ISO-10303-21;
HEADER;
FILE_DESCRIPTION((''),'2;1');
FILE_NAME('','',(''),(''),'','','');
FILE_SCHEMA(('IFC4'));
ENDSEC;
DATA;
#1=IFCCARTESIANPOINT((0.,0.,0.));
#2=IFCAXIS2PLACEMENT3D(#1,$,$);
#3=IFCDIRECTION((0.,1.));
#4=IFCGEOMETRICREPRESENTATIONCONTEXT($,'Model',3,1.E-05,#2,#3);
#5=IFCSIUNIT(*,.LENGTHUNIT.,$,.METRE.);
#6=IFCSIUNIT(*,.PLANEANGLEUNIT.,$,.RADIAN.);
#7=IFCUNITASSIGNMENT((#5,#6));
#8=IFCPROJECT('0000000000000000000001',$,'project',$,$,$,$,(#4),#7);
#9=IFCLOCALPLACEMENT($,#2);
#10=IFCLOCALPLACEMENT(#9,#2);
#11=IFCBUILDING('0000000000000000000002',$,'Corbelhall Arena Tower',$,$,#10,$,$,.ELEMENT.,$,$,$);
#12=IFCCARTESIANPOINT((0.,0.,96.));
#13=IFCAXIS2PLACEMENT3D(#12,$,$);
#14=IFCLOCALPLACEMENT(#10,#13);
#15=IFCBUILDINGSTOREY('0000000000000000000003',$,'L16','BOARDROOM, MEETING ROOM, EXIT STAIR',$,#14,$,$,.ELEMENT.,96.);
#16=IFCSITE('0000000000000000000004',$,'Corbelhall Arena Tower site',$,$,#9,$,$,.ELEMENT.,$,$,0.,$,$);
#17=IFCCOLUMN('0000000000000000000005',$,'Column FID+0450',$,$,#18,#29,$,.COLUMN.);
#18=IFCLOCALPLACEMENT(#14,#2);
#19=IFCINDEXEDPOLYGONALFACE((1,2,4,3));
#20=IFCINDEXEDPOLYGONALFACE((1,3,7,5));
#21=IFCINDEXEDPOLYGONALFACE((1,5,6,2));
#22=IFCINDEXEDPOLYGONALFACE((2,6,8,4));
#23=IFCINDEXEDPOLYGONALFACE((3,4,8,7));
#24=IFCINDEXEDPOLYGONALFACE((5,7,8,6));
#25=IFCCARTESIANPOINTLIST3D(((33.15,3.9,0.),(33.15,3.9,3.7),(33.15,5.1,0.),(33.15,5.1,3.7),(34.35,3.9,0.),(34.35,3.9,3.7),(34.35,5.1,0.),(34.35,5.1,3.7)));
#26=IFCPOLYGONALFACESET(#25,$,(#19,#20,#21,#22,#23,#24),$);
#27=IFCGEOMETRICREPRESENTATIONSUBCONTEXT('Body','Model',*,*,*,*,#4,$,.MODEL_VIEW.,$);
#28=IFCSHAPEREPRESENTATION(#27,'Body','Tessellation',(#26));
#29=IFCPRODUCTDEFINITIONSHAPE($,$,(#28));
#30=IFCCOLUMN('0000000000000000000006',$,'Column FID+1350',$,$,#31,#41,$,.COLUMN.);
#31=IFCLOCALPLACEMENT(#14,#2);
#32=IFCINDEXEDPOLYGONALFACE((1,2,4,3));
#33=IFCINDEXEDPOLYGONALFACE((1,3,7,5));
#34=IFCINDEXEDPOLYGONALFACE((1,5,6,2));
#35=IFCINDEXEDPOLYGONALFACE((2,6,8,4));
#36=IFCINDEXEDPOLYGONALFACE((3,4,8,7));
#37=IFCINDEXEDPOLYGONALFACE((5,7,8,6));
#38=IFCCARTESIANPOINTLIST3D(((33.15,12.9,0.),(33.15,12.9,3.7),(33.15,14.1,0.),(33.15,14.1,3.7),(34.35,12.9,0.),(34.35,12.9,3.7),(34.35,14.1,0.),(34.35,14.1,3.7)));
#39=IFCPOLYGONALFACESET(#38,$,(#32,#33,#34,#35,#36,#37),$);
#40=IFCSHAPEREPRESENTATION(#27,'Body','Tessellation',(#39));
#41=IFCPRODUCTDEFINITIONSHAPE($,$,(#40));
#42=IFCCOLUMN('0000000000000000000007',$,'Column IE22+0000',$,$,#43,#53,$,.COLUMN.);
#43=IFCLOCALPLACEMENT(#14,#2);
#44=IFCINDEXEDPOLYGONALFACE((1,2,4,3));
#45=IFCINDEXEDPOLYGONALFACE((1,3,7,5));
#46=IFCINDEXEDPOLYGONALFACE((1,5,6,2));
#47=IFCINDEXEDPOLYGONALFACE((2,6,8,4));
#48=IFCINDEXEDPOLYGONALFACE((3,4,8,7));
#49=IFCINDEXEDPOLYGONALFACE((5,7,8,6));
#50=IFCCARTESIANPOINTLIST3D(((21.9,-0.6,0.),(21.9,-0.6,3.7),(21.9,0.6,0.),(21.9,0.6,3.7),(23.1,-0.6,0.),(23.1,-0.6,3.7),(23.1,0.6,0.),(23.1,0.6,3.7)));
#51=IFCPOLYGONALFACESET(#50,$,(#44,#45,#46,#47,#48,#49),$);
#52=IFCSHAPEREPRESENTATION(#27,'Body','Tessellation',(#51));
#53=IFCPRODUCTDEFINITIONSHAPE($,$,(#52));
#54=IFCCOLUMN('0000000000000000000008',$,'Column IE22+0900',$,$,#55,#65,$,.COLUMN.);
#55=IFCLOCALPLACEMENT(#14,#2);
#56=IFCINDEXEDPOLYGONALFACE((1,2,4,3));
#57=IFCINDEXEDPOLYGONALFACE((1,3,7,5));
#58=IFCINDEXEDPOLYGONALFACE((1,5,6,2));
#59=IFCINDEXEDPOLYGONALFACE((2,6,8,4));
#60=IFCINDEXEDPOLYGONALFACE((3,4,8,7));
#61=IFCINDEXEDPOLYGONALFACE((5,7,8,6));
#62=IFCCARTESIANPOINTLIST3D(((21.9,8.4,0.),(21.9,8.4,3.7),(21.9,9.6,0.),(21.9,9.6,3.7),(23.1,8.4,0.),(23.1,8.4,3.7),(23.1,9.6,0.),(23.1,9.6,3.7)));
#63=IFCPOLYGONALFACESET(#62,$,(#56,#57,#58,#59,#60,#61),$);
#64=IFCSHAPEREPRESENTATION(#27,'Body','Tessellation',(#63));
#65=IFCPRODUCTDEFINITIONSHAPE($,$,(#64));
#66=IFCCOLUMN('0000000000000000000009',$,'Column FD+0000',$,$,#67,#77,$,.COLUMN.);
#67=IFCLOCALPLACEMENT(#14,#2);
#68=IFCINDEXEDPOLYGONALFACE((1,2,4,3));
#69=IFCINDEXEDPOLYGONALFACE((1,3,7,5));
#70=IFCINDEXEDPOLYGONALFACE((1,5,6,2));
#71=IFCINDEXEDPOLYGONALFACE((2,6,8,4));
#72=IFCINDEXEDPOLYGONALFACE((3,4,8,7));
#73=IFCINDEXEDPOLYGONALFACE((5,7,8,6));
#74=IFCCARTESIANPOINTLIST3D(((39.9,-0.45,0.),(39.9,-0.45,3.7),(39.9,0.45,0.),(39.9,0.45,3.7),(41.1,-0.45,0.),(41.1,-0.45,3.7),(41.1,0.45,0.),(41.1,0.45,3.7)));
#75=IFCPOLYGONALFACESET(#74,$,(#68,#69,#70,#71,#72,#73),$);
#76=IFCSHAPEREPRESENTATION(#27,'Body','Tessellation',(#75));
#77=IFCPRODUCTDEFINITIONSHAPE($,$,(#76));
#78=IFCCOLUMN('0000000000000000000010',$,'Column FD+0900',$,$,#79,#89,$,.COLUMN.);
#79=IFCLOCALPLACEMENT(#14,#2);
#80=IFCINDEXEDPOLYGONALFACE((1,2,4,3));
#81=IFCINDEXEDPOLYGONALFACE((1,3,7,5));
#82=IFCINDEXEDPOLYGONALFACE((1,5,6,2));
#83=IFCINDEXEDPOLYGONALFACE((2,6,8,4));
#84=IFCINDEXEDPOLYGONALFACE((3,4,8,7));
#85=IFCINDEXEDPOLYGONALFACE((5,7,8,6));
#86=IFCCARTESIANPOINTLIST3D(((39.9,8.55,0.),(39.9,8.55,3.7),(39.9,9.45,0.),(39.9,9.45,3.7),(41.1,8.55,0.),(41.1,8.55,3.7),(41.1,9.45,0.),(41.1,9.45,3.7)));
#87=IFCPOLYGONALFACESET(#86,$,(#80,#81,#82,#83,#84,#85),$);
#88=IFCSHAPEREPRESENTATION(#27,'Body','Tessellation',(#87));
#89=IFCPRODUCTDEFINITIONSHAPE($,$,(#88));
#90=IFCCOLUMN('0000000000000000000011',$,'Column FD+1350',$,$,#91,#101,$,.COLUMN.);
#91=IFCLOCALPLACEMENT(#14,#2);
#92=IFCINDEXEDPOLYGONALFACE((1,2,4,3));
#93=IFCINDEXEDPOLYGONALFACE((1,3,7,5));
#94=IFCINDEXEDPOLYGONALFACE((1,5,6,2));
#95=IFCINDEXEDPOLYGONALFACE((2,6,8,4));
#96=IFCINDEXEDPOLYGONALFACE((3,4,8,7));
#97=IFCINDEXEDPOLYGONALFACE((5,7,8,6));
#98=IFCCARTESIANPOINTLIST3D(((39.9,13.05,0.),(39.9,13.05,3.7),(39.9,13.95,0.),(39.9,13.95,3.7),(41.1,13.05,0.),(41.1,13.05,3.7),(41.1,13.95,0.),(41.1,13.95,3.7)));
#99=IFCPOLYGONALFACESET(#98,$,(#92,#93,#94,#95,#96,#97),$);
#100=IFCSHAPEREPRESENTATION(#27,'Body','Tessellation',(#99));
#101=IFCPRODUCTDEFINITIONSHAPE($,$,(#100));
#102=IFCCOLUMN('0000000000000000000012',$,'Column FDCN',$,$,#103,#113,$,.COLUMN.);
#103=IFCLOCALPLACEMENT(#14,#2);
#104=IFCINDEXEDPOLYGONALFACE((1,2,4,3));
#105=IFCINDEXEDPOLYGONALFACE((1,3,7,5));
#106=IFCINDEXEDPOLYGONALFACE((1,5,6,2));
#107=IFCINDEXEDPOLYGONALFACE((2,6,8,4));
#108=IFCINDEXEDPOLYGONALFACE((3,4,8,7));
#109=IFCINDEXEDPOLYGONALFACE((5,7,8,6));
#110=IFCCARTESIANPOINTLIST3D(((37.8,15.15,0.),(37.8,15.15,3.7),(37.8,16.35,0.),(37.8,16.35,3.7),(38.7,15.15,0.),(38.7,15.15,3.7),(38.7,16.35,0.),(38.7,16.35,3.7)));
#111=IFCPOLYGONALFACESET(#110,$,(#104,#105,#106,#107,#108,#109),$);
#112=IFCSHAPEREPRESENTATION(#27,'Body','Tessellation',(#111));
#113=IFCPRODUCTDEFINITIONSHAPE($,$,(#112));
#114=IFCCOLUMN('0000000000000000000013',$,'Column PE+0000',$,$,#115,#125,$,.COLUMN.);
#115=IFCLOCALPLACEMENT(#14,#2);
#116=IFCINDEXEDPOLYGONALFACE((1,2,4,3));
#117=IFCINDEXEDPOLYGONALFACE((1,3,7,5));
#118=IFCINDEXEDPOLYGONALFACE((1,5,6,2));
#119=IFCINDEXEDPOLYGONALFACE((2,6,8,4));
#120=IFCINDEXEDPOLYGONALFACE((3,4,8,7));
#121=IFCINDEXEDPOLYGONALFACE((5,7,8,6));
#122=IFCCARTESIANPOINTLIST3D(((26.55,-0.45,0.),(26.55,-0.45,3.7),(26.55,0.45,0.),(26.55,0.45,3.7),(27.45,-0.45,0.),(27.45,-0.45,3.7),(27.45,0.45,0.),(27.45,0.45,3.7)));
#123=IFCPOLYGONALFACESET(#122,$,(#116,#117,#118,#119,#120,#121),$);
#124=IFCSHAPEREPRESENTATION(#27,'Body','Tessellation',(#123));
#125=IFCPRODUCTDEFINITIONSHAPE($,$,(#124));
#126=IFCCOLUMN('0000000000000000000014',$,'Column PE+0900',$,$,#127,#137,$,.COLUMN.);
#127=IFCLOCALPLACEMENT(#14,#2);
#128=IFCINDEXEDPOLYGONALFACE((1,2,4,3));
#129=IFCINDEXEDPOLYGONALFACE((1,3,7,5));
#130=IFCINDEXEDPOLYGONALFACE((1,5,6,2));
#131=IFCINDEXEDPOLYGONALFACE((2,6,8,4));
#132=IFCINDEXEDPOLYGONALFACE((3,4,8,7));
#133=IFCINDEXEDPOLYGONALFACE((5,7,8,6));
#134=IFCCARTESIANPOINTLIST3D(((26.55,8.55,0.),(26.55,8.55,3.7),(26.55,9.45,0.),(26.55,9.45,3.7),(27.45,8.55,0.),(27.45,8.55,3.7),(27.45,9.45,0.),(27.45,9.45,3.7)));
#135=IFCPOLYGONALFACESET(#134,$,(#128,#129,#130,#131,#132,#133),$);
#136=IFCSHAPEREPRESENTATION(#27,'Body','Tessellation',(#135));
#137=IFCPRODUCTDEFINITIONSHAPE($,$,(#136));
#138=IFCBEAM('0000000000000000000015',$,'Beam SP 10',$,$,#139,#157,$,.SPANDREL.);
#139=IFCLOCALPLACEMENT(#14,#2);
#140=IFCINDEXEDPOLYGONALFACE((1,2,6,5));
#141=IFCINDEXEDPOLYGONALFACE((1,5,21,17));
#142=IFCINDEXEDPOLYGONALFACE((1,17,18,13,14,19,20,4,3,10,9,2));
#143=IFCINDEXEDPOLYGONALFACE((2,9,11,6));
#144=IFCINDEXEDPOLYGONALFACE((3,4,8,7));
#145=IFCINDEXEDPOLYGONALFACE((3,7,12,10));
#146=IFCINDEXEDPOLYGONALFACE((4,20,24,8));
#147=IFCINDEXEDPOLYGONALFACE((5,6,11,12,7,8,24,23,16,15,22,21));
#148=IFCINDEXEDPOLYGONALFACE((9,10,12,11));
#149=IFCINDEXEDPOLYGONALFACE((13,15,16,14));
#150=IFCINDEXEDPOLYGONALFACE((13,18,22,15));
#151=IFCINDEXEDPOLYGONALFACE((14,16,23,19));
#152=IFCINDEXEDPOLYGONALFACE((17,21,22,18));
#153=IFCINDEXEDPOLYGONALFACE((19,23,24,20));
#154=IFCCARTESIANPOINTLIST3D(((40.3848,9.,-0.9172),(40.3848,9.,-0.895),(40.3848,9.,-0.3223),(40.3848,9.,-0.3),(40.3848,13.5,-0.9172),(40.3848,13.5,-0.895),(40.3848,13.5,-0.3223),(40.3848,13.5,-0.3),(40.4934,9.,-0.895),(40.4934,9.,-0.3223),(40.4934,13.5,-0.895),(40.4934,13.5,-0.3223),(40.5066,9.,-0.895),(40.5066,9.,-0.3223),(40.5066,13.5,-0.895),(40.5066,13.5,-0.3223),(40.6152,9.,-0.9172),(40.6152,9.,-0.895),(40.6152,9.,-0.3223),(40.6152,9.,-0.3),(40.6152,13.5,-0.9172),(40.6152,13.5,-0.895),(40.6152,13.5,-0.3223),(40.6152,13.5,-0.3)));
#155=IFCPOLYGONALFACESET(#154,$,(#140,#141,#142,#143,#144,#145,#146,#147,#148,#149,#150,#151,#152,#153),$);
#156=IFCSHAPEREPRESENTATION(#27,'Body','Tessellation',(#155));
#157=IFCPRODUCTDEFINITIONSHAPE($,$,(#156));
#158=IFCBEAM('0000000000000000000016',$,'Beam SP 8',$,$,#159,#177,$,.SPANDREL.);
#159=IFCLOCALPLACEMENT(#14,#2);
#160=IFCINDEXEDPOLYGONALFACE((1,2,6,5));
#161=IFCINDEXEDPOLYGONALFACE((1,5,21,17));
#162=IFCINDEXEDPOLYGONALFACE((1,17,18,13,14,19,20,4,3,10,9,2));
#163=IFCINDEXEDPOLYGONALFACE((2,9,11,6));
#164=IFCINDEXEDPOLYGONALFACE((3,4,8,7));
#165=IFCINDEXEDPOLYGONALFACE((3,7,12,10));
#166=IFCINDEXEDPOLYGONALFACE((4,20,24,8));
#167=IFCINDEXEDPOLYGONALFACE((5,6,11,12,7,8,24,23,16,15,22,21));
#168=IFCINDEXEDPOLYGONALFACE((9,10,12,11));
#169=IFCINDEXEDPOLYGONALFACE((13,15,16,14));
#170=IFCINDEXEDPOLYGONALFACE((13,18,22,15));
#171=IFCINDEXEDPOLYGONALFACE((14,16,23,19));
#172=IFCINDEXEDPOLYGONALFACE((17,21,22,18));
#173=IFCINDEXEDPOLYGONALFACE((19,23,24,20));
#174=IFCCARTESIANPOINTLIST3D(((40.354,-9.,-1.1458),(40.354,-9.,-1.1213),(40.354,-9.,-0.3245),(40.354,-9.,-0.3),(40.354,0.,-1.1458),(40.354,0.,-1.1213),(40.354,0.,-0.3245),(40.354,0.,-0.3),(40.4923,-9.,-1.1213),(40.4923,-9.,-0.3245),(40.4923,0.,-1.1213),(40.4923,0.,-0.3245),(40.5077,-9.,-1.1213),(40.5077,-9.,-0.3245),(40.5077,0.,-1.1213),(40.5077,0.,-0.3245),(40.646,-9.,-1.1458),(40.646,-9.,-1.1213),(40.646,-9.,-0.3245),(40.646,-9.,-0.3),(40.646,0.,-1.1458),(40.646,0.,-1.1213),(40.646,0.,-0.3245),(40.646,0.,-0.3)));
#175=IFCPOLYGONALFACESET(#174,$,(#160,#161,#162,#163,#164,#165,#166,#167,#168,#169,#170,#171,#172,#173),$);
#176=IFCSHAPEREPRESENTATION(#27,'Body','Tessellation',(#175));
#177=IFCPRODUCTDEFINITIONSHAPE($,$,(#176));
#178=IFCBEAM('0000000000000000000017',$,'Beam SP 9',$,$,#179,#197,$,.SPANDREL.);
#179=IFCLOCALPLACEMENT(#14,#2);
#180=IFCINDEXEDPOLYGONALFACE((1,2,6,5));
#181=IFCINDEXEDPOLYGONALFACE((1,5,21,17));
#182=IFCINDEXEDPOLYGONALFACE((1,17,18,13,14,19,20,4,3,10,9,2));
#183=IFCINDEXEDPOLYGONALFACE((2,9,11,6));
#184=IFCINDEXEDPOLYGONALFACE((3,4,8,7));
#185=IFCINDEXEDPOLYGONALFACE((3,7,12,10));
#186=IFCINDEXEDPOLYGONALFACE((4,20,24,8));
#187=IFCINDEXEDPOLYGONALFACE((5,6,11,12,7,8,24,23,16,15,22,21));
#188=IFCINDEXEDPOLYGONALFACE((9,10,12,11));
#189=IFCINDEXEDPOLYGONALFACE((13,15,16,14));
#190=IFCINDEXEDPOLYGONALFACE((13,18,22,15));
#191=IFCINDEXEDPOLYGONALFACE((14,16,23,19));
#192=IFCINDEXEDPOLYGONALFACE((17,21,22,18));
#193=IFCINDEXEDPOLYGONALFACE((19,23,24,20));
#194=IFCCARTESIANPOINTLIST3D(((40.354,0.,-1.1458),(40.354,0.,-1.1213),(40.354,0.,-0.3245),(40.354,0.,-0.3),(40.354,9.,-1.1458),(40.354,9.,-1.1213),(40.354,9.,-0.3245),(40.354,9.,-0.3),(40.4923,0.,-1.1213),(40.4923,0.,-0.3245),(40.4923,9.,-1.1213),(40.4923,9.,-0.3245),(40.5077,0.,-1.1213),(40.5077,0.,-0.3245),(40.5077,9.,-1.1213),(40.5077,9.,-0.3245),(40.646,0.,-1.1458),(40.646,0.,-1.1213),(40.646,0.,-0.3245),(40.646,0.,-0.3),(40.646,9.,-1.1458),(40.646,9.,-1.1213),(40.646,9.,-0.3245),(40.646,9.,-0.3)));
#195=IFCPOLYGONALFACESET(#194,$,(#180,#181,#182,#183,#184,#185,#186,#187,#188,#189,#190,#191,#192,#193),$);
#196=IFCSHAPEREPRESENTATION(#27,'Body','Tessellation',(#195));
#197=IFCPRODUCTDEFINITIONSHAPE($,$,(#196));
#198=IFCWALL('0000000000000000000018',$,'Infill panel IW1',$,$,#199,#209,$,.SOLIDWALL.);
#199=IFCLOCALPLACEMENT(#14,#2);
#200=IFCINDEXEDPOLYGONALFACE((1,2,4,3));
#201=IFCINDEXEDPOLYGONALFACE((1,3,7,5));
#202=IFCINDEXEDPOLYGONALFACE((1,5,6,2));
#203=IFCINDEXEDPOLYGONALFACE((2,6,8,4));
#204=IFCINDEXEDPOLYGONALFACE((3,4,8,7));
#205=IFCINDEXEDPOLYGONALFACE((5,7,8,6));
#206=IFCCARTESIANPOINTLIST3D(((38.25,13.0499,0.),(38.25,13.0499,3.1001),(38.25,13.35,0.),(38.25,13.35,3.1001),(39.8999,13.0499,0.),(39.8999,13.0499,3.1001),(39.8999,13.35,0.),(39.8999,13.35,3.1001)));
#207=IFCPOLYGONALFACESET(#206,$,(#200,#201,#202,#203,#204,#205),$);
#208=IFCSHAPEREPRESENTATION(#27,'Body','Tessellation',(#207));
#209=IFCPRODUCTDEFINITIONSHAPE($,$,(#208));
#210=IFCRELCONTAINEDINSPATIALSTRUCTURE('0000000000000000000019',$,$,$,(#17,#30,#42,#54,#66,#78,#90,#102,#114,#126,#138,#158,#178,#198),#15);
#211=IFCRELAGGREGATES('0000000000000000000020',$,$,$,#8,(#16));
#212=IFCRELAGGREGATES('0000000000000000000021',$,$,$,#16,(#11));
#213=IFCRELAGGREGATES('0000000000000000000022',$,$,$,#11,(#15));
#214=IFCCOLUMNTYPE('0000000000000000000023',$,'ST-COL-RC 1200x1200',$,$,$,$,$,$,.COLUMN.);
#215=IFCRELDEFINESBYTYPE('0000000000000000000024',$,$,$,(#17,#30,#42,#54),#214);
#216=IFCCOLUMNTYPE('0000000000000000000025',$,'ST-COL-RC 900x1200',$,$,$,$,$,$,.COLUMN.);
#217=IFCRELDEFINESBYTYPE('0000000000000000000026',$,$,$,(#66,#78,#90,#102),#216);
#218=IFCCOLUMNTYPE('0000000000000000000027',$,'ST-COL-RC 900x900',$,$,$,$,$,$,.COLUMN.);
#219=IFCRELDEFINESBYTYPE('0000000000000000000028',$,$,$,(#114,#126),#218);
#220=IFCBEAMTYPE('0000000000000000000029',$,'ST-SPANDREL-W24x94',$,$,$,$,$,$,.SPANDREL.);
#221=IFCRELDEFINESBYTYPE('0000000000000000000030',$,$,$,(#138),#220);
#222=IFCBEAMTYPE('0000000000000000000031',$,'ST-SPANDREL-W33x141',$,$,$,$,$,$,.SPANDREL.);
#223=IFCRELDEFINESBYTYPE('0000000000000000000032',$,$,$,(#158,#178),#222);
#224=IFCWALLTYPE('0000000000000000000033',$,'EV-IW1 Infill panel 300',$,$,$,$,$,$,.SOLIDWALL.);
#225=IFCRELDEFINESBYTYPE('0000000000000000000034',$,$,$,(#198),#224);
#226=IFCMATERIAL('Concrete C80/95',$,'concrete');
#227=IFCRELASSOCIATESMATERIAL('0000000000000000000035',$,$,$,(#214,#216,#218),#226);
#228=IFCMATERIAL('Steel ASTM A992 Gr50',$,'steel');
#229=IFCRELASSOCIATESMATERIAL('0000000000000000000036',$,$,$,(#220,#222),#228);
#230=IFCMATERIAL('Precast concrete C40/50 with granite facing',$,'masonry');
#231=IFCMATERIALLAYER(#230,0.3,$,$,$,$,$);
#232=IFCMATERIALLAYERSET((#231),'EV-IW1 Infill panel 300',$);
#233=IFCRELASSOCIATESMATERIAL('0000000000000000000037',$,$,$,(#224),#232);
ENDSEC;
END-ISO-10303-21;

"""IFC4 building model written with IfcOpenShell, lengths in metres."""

from ifc_helpers import new_model, si_unit, direction, frame, frame_2d, origin, origin_2d, place, context, subcontext, project, spatial, rectangle, i_section, extrude, material, layer, layer_set, material_profile, profile_set, type_object, element, save


model = new_model("IFC4")

# Units and contexts
model_context = context("Model", 3, precision=1e-05, world=origin(), true_north=direction((0.0, 1.0)))
body_context = subcontext(model_context, "Body", "Model", "MODEL_VIEW")
ifc_project = project(units=[si_unit("LENGTHUNIT", "METRE"), si_unit("PLANEANGLEUNIT", "RADIAN")], contexts=[model_context])

# Site, building, storey
site_placement = place(None, origin())
site = spatial("IfcSite", under=ifc_project, at=site_placement, Name="Corbelhall Arena Tower site", CompositionType="ELEMENT", RefElevation=0.0)
building_placement = place(site_placement, origin())
building = spatial("IfcBuilding", under=site, at=building_placement, Name="Corbelhall Arena Tower", CompositionType="ELEMENT")
storey_placement = place(building_placement, frame((0.0, 0.0, 96.0)))
storey = spatial("IfcBuildingStorey", under=building, at=storey_placement, Name="L16", Description="BOARDROOM, MEETING ROOM, EXIT STAIR", CompositionType="ELEMENT", Elevation=96.0)

# Columns
ifc_material_1 = material(Name="Concrete C80/95", Category="concrete")
ifc_material_profile_1 = material_profile(ifc_material_1, rectangle(XDim=1.2, YDim=1.2, at=origin_2d()))
ifc_profile_set_1 = profile_set([ifc_material_profile_1], Name="Concrete C80/95")
column_type_1 = type_object("IfcColumnType", Name="ST-COL-RC 1200x1200", PredefinedType="COLUMN", material=ifc_profile_set_1)
for number, where, z_axis, x_axis, name in (
    (1, (33.75, 4.5, 0.0), (0.0, 0.0, 1.0), (1.0, 0.0, 0.0), "Column FID+0450"),
    (2, (33.75, 13.5, 0.0), (0.0, 0.0, 1.0), (1.0, 0.0, 0.0), "Column FID+1350"),
    (3, (22.5, 0.0, 0.0), (0.0, 0.0, 1.0), (1.0, 0.0, 0.0), "Column IE22+0000"),
    (4, (22.5, 9.0, 0.0), (0.0, 0.0, 1.0), (1.0, 0.0, 0.0), "Column IE22+0900"),
):
    element("IfcColumn", number, at=place(storey_placement, frame(where, z_axis=z_axis, x_axis=x_axis)), inside=storey, type_object=column_type_1, Name=name, PredefinedType="COLUMN", context=body_context, shape_type="SweptSolid", body=[
        extrude(rectangle(XDim=1.2, YDim=1.2, at=origin_2d()), origin(), (0.0, 0.0, 1.0), 3.7),
    ])
ifc_material_profile_2 = material_profile(ifc_material_1, rectangle(XDim=0.8999, YDim=1.2, at=origin_2d()))
ifc_profile_set_2 = profile_set([ifc_material_profile_2], Name="Concrete C80/95")
column_type_2 = type_object("IfcColumnType", Name="ST-COL-RC 900x1200", PredefinedType="COLUMN", material=ifc_profile_set_2)
for number, where, z_axis, x_axis, name in (
    (5, (40.5, 0.0, 0.0), (0.0, 0.0, 1.0), (0.0, 1.0, 0.0), "Column FD+0000"),
    (6, (40.5, 9.0, 0.0), (0.0, 0.0, 1.0), (0.0, 1.0, 0.0), "Column FD+0900"),
    (7, (40.5, 13.5, 0.0), (0.0, 0.0, 1.0), (0.0, 1.0, 0.0), "Column FD+1350"),
    (8, (38.25, 15.75, 0.0), (0.0, 0.0, 1.0), (1.0, 0.0, 0.0), "Column FDCN"),
):
    element("IfcColumn", number, at=place(storey_placement, frame(where, z_axis=z_axis, x_axis=x_axis)), inside=storey, type_object=column_type_2, Name=name, PredefinedType="COLUMN", context=body_context, shape_type="SweptSolid", body=[
        extrude(rectangle(XDim=0.8999, YDim=1.2, at=origin_2d()), origin(), (0.0, 0.0, 1.0), 3.7),
    ])
ifc_material_profile_3 = material_profile(ifc_material_1, rectangle(XDim=0.8999, YDim=0.8999, at=origin_2d()))
ifc_profile_set_3 = profile_set([ifc_material_profile_3], Name="Concrete C80/95")
column_type_3 = type_object("IfcColumnType", Name="ST-COL-RC 900x900", PredefinedType="COLUMN", material=ifc_profile_set_3)
for number, where, z_axis, x_axis, name in (
    (9, (27.0, 0.0, 0.0), (0.0, 0.0, 1.0), (1.0, 0.0, 0.0), "Column PE+0000"),
    (10, (27.0, 9.0, 0.0), (0.0, 0.0, 1.0), (1.0, 0.0, 0.0), "Column PE+0900"),
):
    element("IfcColumn", number, at=place(storey_placement, frame(where, z_axis=z_axis, x_axis=x_axis)), inside=storey, type_object=column_type_3, Name=name, PredefinedType="COLUMN", context=body_context, shape_type="SweptSolid", body=[
        extrude(rectangle(XDim=0.8999, YDim=0.8999, at=origin_2d()), origin(), (0.0, 0.0, 1.0), 3.7),
    ])

# Beams
ifc_material_2 = material(Name="Steel ASTM A992 Gr50", Category="steel")
ifc_material_profile_4 = material_profile(ifc_material_2, i_section(OverallWidth=0.2305, OverallDepth=0.6172, WebThickness=0.0132, FlangeThickness=0.0222, at=origin_2d()))
ifc_profile_set_4 = profile_set([ifc_material_profile_4], Name="Steel ASTM A992 Gr50")
beam_type_1 = type_object("IfcBeamType", Name="ST-SPANDREL-W24x94", PredefinedType="SPANDREL", material=ifc_profile_set_4)
beam_placement = place(storey_placement, frame((40.5, 13.5, -0.6086), z_axis=(0.0, -1.0, 0.0), x_axis=(1.0, 0.0, 0.0)))
element("IfcBeam", 11, at=beam_placement, inside=storey, type_object=beam_type_1, Name="Beam SP 10", PredefinedType="SPANDREL", context=body_context, shape_type="SweptSolid", body=[
    extrude(i_section(OverallWidth=0.2305, OverallDepth=0.6172, WebThickness=0.0132, FlangeThickness=0.0222, at=origin_2d()), origin(), (0.0, 0.0, 1.0), 4.5),
])
ifc_material_profile_5 = material_profile(ifc_material_2, i_section(OverallWidth=0.292, OverallDepth=0.8457, WebThickness=0.0154, FlangeThickness=0.0244, at=origin_2d()))
ifc_profile_set_5 = profile_set([ifc_material_profile_5], Name="Steel ASTM A992 Gr50")
beam_type_2 = type_object("IfcBeamType", Name="ST-SPANDREL-W33x141", PredefinedType="SPANDREL", material=ifc_profile_set_5)
for number, where, z_axis, x_axis, name in (
    (12, (40.5, 0.0, -0.7229), (0.0, -1.0, 0.0), (1.0, 0.0, 0.0), "Beam SP 8"),
    (13, (40.5, 9.0, -0.7229), (0.0, -1.0, 0.0), (1.0, 0.0, 0.0), "Beam SP 9"),
):
    element("IfcBeam", number, at=place(storey_placement, frame(where, z_axis=z_axis, x_axis=x_axis)), inside=storey, type_object=beam_type_2, Name=name, PredefinedType="SPANDREL", context=body_context, shape_type="SweptSolid", body=[
        extrude(i_section(OverallWidth=0.292, OverallDepth=0.8457, WebThickness=0.0154, FlangeThickness=0.0244, at=origin_2d()), origin(), (0.0, 0.0, 1.0), 9.0),
    ])

# Wall
ifc_material_3 = material(Name="Precast concrete C40/50 with granite facing", Category="masonry")
ifc_layer_1 = layer(ifc_material_3, 0.3)
ifc_layer_set_1 = layer_set([ifc_layer_1], Name="EV-IW1 Infill panel 300")
wall_type_1 = type_object("IfcWallType", Name="EV-IW1 Infill panel 300", PredefinedType="SOLIDWALL", material=ifc_layer_set_1)
wall_1_placement = place(storey_placement, frame((39.8999, 13.2, 0.0), z_axis=(0.0, 0.0, 1.0), x_axis=(-1.0, 0.0, 0.0)))
element("IfcWall", 14, at=wall_1_placement, inside=storey, type_object=wall_type_1, Name="Infill panel IW1", PredefinedType="SOLIDWALL", context=body_context, shape_type="SweptSolid", body=[
    extrude(rectangle(XDim=1.6499, YDim=0.3, at=frame_2d((0.825, 0.0))), origin(), (0.0, 0.0, 1.0), 3.1001),
])

save(model, "model.ifc")
